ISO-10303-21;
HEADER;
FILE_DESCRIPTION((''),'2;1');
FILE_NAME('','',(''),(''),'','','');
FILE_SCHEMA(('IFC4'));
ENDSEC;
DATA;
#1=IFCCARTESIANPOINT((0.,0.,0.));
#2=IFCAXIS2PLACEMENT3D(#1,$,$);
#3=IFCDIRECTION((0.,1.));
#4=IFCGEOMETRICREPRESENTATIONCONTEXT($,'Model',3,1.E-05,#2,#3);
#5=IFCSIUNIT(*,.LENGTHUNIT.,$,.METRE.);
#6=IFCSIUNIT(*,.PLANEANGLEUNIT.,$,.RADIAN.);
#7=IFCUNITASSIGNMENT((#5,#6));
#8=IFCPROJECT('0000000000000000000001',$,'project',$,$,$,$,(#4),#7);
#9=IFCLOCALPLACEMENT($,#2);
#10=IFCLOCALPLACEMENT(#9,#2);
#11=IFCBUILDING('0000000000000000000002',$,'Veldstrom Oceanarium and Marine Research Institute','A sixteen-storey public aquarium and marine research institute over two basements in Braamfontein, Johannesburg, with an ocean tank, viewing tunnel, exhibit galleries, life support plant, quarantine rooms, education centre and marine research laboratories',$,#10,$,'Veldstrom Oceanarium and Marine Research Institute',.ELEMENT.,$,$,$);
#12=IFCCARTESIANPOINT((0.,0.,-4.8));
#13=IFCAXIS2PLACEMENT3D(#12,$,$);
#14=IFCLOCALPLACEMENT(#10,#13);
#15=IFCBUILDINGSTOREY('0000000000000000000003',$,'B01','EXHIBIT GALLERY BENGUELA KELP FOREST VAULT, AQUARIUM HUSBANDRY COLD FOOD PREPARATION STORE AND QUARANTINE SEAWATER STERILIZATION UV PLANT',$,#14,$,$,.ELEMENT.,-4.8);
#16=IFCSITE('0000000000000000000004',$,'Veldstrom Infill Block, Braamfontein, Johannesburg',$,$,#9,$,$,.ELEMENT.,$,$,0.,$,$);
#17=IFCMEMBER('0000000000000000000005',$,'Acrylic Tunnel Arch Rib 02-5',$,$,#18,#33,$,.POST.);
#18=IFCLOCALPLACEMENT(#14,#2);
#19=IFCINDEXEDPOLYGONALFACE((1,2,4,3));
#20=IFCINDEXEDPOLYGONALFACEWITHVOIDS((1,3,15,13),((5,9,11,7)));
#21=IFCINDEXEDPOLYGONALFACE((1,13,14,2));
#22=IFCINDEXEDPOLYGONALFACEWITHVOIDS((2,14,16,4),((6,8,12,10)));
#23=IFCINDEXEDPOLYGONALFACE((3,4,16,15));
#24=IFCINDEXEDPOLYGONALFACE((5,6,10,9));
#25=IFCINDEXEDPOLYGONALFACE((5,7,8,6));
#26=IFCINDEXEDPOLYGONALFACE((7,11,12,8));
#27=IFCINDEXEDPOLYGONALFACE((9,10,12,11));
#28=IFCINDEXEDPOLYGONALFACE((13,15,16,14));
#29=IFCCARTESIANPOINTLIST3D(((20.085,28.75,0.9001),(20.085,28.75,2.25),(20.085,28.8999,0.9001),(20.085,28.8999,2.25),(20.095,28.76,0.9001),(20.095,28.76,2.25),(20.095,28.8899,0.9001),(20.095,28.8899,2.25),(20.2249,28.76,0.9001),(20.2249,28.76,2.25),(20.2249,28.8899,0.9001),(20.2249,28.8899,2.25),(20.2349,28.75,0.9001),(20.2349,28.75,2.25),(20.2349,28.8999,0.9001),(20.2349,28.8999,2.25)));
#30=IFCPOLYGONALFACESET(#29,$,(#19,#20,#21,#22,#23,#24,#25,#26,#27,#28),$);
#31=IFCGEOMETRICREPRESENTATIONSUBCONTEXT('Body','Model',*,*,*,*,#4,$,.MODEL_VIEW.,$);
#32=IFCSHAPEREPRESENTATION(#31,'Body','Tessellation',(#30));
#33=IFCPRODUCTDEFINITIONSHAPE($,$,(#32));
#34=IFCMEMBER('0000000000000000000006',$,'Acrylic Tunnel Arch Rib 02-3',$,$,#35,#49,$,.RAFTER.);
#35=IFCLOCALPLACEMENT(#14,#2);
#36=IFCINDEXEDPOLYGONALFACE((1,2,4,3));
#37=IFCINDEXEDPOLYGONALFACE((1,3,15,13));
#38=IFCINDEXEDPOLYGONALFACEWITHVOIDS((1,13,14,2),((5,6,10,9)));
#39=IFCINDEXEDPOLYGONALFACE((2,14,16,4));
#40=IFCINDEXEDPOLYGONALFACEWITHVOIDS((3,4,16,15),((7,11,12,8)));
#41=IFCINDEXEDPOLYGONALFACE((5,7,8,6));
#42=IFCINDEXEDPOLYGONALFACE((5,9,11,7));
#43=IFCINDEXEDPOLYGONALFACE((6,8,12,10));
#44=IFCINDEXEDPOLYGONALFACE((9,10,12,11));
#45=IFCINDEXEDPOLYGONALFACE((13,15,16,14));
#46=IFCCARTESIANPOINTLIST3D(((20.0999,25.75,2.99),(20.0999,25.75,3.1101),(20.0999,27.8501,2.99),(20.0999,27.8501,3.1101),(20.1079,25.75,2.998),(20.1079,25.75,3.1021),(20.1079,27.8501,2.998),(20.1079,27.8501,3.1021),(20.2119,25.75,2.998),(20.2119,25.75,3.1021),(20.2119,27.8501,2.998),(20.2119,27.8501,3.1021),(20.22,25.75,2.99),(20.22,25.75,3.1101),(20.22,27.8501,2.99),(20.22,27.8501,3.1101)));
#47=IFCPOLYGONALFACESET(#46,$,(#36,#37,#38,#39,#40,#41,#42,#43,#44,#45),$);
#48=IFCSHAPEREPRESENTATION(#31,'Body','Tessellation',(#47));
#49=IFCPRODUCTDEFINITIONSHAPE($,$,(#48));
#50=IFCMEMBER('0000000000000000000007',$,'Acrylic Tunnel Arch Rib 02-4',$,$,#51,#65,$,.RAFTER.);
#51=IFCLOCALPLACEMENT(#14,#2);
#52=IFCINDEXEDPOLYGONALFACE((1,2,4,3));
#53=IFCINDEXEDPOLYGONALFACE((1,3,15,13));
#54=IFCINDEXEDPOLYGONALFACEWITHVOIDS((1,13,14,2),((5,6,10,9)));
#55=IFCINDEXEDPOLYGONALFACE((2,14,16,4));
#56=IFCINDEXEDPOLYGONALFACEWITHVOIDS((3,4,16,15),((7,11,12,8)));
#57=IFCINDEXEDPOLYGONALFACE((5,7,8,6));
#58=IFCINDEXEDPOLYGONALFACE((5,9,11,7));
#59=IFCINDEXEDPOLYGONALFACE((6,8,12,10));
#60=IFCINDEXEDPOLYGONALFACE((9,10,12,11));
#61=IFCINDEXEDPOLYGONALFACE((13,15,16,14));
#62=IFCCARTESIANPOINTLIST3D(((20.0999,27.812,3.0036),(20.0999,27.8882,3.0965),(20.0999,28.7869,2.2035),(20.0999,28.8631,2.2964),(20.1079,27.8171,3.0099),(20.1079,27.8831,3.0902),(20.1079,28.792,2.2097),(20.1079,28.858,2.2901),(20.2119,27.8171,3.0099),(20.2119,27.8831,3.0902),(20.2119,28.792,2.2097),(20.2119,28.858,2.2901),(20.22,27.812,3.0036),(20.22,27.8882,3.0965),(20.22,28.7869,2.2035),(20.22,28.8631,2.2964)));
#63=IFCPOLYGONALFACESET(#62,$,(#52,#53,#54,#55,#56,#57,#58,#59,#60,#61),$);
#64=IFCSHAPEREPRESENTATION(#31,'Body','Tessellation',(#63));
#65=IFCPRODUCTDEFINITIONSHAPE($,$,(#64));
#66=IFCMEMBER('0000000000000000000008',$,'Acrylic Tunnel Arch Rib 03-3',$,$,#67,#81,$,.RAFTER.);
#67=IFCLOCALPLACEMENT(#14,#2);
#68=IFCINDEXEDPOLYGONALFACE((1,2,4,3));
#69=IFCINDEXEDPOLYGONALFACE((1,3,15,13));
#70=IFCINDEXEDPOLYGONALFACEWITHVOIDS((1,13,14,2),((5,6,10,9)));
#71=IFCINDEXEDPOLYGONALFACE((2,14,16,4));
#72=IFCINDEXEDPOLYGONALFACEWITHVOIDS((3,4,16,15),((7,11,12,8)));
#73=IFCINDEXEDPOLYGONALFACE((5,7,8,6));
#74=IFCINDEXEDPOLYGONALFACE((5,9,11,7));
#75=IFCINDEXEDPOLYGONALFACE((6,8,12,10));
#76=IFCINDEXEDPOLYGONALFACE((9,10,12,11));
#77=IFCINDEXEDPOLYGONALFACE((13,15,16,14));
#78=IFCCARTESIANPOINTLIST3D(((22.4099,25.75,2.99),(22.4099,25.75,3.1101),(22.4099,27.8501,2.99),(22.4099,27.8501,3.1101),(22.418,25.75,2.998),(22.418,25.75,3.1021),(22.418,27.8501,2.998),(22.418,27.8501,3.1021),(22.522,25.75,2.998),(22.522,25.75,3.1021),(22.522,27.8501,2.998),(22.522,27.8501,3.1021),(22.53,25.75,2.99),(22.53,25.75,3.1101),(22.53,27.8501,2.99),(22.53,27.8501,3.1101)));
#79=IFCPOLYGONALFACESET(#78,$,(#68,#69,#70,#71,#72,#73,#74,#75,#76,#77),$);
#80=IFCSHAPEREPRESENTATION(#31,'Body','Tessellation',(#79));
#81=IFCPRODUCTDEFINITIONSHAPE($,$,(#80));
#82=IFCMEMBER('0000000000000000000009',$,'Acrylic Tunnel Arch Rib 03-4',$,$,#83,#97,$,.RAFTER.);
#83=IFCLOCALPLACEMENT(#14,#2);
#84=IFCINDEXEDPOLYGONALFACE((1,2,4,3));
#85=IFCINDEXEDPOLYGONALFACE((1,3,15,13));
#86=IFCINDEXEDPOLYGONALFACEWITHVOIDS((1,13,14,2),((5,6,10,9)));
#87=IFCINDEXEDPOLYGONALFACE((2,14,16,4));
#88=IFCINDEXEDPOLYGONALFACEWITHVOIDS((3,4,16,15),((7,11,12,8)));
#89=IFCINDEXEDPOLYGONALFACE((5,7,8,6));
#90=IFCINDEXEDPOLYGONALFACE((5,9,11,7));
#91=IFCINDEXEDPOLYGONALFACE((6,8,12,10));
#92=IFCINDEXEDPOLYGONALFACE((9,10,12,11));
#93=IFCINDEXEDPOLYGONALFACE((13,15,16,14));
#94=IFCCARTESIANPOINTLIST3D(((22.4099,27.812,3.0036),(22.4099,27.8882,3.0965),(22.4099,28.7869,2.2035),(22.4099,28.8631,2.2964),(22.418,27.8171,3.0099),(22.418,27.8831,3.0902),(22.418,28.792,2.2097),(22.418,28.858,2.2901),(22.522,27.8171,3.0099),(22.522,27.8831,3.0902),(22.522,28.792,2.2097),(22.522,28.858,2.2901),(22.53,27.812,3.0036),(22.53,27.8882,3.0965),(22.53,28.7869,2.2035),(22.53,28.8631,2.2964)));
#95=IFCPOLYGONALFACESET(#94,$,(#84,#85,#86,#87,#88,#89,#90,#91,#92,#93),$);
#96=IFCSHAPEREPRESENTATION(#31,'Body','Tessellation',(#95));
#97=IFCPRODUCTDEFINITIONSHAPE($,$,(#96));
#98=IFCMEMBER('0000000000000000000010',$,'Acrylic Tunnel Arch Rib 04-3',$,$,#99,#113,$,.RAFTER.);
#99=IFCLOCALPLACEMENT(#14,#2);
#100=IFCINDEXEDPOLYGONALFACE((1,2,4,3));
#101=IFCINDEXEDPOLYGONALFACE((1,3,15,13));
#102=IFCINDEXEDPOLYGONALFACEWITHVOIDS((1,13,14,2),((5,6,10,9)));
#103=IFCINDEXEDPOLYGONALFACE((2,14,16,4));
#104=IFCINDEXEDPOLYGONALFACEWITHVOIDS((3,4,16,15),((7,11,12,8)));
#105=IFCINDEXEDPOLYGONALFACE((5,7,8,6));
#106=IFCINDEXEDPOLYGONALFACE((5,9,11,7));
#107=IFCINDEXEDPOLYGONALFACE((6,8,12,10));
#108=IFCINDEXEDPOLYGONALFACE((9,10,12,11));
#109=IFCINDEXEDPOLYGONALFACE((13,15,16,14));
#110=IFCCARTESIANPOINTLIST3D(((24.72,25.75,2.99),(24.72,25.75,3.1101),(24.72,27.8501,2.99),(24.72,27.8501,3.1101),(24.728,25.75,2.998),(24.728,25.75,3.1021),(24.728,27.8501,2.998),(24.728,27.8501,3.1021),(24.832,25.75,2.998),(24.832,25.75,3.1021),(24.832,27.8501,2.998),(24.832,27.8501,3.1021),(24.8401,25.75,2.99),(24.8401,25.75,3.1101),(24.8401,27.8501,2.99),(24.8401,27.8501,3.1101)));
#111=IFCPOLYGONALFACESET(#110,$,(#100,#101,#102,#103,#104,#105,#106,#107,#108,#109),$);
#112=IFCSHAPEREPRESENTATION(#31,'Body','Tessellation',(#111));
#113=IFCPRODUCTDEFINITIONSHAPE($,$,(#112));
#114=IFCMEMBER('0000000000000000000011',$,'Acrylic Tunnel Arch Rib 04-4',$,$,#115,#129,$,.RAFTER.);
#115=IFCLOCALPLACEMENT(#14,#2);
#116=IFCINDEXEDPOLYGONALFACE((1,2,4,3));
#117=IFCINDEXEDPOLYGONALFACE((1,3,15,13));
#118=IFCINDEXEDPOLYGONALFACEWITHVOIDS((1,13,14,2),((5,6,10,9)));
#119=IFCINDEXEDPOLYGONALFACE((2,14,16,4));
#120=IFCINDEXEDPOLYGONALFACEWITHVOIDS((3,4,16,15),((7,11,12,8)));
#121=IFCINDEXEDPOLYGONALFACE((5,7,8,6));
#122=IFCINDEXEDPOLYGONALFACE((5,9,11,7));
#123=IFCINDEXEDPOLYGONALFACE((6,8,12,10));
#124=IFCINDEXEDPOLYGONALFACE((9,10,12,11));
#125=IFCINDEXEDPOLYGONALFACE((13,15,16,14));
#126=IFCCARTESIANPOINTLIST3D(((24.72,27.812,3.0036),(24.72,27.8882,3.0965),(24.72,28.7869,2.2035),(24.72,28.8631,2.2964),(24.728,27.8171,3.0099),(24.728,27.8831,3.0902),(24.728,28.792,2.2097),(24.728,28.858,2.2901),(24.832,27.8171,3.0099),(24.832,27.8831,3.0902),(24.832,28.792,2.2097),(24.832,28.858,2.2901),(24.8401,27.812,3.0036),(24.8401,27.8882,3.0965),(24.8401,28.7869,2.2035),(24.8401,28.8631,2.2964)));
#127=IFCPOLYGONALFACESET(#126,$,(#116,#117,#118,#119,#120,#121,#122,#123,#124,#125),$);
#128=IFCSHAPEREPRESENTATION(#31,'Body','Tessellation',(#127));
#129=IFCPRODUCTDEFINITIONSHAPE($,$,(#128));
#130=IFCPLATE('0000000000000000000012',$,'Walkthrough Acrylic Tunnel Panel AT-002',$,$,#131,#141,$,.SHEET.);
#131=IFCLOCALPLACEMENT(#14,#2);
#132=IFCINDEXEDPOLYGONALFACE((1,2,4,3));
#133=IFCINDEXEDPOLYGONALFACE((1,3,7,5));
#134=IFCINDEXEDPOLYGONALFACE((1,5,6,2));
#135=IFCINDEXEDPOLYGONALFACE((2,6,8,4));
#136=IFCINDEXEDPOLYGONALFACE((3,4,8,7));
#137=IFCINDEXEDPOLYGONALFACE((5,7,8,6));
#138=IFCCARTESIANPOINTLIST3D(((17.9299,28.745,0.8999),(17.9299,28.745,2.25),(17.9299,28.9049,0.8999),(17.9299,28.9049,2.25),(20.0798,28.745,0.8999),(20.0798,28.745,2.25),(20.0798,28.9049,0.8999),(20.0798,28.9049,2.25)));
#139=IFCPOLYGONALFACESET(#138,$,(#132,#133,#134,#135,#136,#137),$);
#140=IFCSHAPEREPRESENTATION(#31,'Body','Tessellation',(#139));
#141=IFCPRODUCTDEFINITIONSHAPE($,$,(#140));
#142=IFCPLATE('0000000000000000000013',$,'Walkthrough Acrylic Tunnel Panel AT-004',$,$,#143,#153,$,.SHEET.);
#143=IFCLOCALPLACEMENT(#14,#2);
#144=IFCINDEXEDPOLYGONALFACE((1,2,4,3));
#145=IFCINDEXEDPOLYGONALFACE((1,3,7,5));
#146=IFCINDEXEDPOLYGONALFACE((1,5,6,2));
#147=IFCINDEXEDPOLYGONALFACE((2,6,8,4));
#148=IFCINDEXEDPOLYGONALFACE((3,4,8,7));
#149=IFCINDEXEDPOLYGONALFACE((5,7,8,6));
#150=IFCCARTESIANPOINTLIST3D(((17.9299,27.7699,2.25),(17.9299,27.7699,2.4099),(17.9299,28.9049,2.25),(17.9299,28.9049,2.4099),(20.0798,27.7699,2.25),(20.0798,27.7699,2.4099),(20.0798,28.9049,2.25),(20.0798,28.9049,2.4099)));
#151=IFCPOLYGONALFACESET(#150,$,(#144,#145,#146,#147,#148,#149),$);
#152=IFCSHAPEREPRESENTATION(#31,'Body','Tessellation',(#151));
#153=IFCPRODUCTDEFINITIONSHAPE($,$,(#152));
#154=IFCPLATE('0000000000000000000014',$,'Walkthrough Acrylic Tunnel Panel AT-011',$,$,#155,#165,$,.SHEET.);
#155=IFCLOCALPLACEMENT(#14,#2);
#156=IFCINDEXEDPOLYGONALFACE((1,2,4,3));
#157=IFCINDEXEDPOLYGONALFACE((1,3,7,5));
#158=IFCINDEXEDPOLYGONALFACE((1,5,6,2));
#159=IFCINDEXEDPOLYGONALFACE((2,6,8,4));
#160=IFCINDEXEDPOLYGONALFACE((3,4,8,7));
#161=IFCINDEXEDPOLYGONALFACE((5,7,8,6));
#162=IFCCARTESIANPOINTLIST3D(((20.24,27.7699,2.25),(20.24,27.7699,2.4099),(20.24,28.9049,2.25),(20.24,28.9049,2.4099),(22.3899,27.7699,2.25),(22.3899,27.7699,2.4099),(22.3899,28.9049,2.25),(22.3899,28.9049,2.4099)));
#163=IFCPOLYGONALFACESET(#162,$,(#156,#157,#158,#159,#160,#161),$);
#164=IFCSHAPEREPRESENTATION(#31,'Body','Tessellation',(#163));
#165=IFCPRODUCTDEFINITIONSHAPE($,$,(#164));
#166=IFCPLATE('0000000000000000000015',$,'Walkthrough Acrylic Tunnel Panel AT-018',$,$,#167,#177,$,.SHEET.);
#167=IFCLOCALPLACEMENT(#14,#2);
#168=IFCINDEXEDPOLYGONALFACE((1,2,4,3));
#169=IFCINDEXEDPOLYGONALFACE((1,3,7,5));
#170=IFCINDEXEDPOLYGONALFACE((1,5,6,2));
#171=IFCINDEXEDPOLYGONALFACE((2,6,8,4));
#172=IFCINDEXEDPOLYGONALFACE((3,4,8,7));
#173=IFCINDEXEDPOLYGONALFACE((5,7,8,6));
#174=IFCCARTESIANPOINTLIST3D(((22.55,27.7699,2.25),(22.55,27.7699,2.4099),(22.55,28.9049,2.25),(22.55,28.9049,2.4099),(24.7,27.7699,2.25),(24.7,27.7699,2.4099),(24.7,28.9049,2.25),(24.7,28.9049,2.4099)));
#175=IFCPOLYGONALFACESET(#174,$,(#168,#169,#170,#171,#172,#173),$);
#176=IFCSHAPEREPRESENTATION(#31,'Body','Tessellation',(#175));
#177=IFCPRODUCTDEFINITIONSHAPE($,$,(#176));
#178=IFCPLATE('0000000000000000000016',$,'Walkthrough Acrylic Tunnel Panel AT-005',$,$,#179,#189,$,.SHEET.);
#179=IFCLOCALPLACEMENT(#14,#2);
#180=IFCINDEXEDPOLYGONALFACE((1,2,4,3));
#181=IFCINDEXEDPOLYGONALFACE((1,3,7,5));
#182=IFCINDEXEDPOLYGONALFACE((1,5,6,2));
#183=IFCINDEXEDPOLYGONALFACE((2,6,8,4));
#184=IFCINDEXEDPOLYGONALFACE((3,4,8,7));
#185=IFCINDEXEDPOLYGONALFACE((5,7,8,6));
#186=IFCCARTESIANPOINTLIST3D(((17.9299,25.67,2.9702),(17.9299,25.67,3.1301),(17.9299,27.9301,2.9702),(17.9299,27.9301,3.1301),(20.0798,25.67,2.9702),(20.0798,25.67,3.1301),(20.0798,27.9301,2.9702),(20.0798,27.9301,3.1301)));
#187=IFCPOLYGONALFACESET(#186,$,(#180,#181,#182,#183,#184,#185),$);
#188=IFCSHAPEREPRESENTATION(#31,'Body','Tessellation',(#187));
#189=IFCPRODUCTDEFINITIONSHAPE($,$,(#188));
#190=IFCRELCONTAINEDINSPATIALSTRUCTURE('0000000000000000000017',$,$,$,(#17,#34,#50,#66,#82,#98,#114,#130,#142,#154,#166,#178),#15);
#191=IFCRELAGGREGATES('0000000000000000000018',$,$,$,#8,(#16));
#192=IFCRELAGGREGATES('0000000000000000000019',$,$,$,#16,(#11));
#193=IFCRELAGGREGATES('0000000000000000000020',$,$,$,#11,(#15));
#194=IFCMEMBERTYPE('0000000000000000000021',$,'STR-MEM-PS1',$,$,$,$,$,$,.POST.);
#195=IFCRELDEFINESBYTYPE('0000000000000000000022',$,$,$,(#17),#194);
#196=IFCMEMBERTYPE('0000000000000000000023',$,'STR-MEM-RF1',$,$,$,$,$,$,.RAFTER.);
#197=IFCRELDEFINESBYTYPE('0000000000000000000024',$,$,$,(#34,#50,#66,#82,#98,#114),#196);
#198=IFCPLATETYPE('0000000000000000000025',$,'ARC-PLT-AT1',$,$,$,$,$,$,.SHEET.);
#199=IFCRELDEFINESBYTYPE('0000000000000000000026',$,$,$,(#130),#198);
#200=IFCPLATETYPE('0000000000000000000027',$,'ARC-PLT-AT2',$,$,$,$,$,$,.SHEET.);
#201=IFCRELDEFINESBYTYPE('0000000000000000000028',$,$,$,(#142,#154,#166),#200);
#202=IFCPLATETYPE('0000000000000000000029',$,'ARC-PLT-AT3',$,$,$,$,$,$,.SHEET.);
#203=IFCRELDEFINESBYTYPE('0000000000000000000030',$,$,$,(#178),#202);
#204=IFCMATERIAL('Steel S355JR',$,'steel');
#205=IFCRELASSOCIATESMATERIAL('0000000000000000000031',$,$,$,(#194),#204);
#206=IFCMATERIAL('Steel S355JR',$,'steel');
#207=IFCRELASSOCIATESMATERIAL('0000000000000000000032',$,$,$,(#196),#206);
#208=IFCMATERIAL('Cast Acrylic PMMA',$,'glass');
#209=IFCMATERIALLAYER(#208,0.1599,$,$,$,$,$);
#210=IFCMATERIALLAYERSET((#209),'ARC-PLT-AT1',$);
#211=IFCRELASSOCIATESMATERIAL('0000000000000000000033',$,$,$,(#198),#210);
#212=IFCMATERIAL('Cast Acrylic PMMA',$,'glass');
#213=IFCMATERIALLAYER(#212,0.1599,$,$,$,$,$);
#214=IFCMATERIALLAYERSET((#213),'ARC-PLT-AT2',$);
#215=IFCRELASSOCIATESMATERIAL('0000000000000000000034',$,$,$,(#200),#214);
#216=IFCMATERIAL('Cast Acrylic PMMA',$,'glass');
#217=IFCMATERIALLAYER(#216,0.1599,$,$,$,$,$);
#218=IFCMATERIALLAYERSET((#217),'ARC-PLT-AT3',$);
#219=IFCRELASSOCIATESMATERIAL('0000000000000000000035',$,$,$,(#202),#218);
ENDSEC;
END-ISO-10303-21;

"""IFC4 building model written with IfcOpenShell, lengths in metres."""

from ifc_helpers import new_model, si_unit, direction, frame, origin, origin_2d, place, context, subcontext, project, spatial, rectangle, hollow_rectangle, extrude, material, layer, layer_set, material_profile, profile_set, type_object, element, save


model = new_model("IFC4")

# Units and contexts
model_context = context("Model", 3, precision=1e-05, world=origin(), true_north=direction((0.0, 1.0)))
body_context = subcontext(model_context, "Body", "Model", "MODEL_VIEW")
ifc_project = project(units=[si_unit("LENGTHUNIT", "METRE"), si_unit("PLANEANGLEUNIT", "RADIAN")], contexts=[model_context])

# Site, building, storey
site_placement = place(None, origin())
site = spatial("IfcSite", under=ifc_project, at=site_placement, Name="Veldstrom Infill Block, Braamfontein, Johannesburg", CompositionType="ELEMENT", RefElevation=0.0)
building_placement = place(site_placement, origin())
building = spatial("IfcBuilding", under=site, at=building_placement, Name="Veldstrom Oceanarium and Marine Research Institute", Description="A sixteen-storey public aquarium and marine research institute over two basements in Braamfontein, Johannesburg, with an ocean tank, viewing tunnel, exhibit galleries, life support plant, quarantine rooms, education centre and marine research laboratories", LongName="Veldstrom Oceanarium and Marine Research Institute", CompositionType="ELEMENT")
storey_placement = place(building_placement, frame((0.0, 0.0, -4.8)))
storey = spatial("IfcBuildingStorey", under=building, at=storey_placement, Name="B01", Description="EXHIBIT GALLERY BENGUELA KELP FOREST VAULT, AQUARIUM HUSBANDRY COLD FOOD PREPARATION STORE AND QUARANTINE SEAWATER STERILIZATION UV PLANT", CompositionType="ELEMENT", Elevation=-4.8)

# Members
ifc_material_1 = material(Name="Steel S355JR", Category="steel")
ifc_material_profile_1 = material_profile(ifc_material_1, hollow_rectangle(XDim=0.1499, YDim=0.1499, WallThickness=0.01, at=origin_2d()), Name="SHS 150x150x10")
ifc_profile_set_1 = profile_set([ifc_material_profile_1], Name="Steel S355JR")
member_type_1 = type_object("IfcMemberType", Name="STR-MEM-PS1", PredefinedType="POST", material=ifc_profile_set_1)
member_1_placement = place(storey_placement, frame((20.1599, 28.825, 2.25), z_axis=(0.0, 0.0, -1.0), x_axis=(1.0, 0.0, 0.0)))
element("IfcMember", 1, at=member_1_placement, inside=storey, type_object=member_type_1, Name="Acrylic Tunnel Arch Rib 02-5", PredefinedType="POST", context=body_context, shape_type="SweptSolid", body=[
    extrude(hollow_rectangle(XDim=0.1499, YDim=0.1499, WallThickness=0.01, at=origin_2d()), origin(), (0.0, 0.0, 1.0), 1.3499),
])
ifc_material_2 = material(Name="Steel S355JR", Category="steel")
ifc_material_profile_2 = material_profile(ifc_material_2, hollow_rectangle(XDim=0.1201, YDim=0.1201, WallThickness=0.0081, at=origin_2d()), Name="SHS 120x120x8")
ifc_profile_set_2 = profile_set([ifc_material_profile_2], Name="Steel S355JR")
member_type_2 = type_object("IfcMemberType", Name="STR-MEM-RF1", PredefinedType="RAFTER", material=ifc_profile_set_2)
member_2_placement = place(storey_placement, frame((20.1599, 25.75, 3.05), z_axis=(0.0, 1.0, 0.0), x_axis=(-1.0, 0.0, 0.0)))
element("IfcMember", 2, at=member_2_placement, inside=storey, type_object=member_type_2, Name="Acrylic Tunnel Arch Rib 02-3", PredefinedType="RAFTER", context=body_context, shape_type="SweptSolid", body=[
    extrude(hollow_rectangle(XDim=0.1201, YDim=0.1201, WallThickness=0.0081, at=origin_2d()), origin(), (0.0, 0.0, 1.0), 2.1001),
])
member_3_placement = place(storey_placement, frame((20.1599, 27.8501, 3.05), z_axis=(0.0, 0.773008, -0.634397), x_axis=(-1.0, 0.0, 0.0)))
element("IfcMember", 3, at=member_3_placement, inside=storey, type_object=member_type_2, Name="Acrylic Tunnel Arch Rib 02-4", PredefinedType="RAFTER", context=body_context, shape_type="SweptSolid", body=[
    extrude(hollow_rectangle(XDim=0.1201, YDim=0.1201, WallThickness=0.0081, at=origin_2d()), origin(), (0.0, 0.0, 1.0), 1.2612),
])
member_4_placement = place(storey_placement, frame((22.47, 25.75, 3.05), z_axis=(0.0, 1.0, 0.0), x_axis=(-1.0, 0.0, 0.0)))
element("IfcMember", 4, at=member_4_placement, inside=storey, type_object=member_type_2, Name="Acrylic Tunnel Arch Rib 03-3", PredefinedType="RAFTER", context=body_context, shape_type="SweptSolid", body=[
    extrude(hollow_rectangle(XDim=0.1201, YDim=0.1201, WallThickness=0.0081, at=origin_2d()), origin(), (0.0, 0.0, 1.0), 2.1001),
])
member_5_placement = place(storey_placement, frame((22.47, 27.8501, 3.05), z_axis=(0.0, 0.773008, -0.634397), x_axis=(-1.0, 0.0, 0.0)))
element("IfcMember", 5, at=member_5_placement, inside=storey, type_object=member_type_2, Name="Acrylic Tunnel Arch Rib 03-4", PredefinedType="RAFTER", context=body_context, shape_type="SweptSolid", body=[
    extrude(hollow_rectangle(XDim=0.1201, YDim=0.1201, WallThickness=0.0081, at=origin_2d()), origin(), (0.0, 0.0, 1.0), 1.2612),
])
member_6_placement = place(storey_placement, frame((24.78, 25.75, 3.05), z_axis=(0.0, 1.0, 0.0), x_axis=(-1.0, 0.0, 0.0)))
element("IfcMember", 6, at=member_6_placement, inside=storey, type_object=member_type_2, Name="Acrylic Tunnel Arch Rib 04-3", PredefinedType="RAFTER", context=body_context, shape_type="SweptSolid", body=[
    extrude(hollow_rectangle(XDim=0.1201, YDim=0.1201, WallThickness=0.0081, at=origin_2d()), origin(), (0.0, 0.0, 1.0), 2.1001),
])
member_7_placement = place(storey_placement, frame((24.78, 27.8501, 3.05), z_axis=(0.0, 0.773008, -0.634397), x_axis=(-1.0, 0.0, 0.0)))
element("IfcMember", 7, at=member_7_placement, inside=storey, type_object=member_type_2, Name="Acrylic Tunnel Arch Rib 04-4", PredefinedType="RAFTER", context=body_context, shape_type="SweptSolid", body=[
    extrude(hollow_rectangle(XDim=0.1201, YDim=0.1201, WallThickness=0.0081, at=origin_2d()), origin(), (0.0, 0.0, 1.0), 1.2612),
])

# Plates
ifc_material_3 = material(Name="Cast Acrylic PMMA", Category="glass")
ifc_layer_1 = layer(ifc_material_3, 0.1599)
ifc_layer_set_1 = layer_set([ifc_layer_1], Name="ARC-PLT-AT1")
plate_type_1 = type_object("IfcPlateType", Name="ARC-PLT-AT1", PredefinedType="SHEET", material=ifc_layer_set_1)
plate_placement = place(storey_placement, frame((19.0049, 28.825, 0.8999), z_axis=(0.0, 0.0, 1.0), x_axis=(1.0, 0.0, 0.0)))
element("IfcPlate", 8, at=plate_placement, inside=storey, type_object=plate_type_1, Name="Walkthrough Acrylic Tunnel Panel AT-002", PredefinedType="SHEET", context=body_context, shape_type="SweptSolid", body=[
    extrude(rectangle(XDim=2.1499, YDim=0.1599, at=origin_2d()), origin(), (0.0, 0.0, 1.0), 1.3501),
])
ifc_material_4 = material(Name="Cast Acrylic PMMA", Category="glass")
ifc_layer_2 = layer(ifc_material_4, 0.1599)
ifc_layer_set_2 = layer_set([ifc_layer_2], Name="ARC-PLT-AT2")
plate_type_2 = type_object("IfcPlateType", Name="ARC-PLT-AT2", PredefinedType="SHEET", material=ifc_layer_set_2)
for number, where, z_axis, x_axis, name in (
    (9, (19.0049, 28.3374, 2.25), (0.0, 0.0, 1.0), (1.0, 0.0, 0.0), "Walkthrough Acrylic Tunnel Panel AT-004"),
    (10, (21.3149, 28.3374, 2.25), (0.0, 0.0, 1.0), (1.0, 0.0, 0.0), "Walkthrough Acrylic Tunnel Panel AT-011"),
    (11, (23.625, 28.3374, 2.25), (0.0, 0.0, 1.0), (1.0, 0.0, 0.0), "Walkthrough Acrylic Tunnel Panel AT-018"),
):
    element("IfcPlate", number, at=place(storey_placement, frame(where, z_axis=z_axis, x_axis=x_axis)), inside=storey, type_object=plate_type_2, Name=name, PredefinedType="SHEET", context=body_context, shape_type="SweptSolid", body=[
        extrude(rectangle(XDim=2.1499, YDim=1.135, at=origin_2d()), origin(), (0.0, 0.0, 1.0), 0.1599),
    ])
ifc_material_5 = material(Name="Cast Acrylic PMMA", Category="glass")
ifc_layer_3 = layer(ifc_material_5, 0.1599)
ifc_layer_set_3 = layer_set([ifc_layer_3], Name="ARC-PLT-AT3")
plate_type_3 = type_object("IfcPlateType", Name="ARC-PLT-AT3", PredefinedType="SHEET", material=ifc_layer_set_3)
for number, where, z_axis, x_axis, name in (
    (12, (19.0049, 26.8, 2.9702), (0.0, 0.0, 1.0), (1.0, 0.0, 0.0), "Walkthrough Acrylic Tunnel Panel AT-005"),
):
    element("IfcPlate", number, at=place(storey_placement, frame(where, z_axis=z_axis, x_axis=x_axis)), inside=storey, type_object=plate_type_3, Name=name, PredefinedType="SHEET", context=body_context, shape_type="SweptSolid", body=[
        extrude(rectangle(XDim=2.1499, YDim=2.26, at=origin_2d()), origin(), (0.0, 0.0, 1.0), 0.1599),
    ])

save(model, "model.ifc")
